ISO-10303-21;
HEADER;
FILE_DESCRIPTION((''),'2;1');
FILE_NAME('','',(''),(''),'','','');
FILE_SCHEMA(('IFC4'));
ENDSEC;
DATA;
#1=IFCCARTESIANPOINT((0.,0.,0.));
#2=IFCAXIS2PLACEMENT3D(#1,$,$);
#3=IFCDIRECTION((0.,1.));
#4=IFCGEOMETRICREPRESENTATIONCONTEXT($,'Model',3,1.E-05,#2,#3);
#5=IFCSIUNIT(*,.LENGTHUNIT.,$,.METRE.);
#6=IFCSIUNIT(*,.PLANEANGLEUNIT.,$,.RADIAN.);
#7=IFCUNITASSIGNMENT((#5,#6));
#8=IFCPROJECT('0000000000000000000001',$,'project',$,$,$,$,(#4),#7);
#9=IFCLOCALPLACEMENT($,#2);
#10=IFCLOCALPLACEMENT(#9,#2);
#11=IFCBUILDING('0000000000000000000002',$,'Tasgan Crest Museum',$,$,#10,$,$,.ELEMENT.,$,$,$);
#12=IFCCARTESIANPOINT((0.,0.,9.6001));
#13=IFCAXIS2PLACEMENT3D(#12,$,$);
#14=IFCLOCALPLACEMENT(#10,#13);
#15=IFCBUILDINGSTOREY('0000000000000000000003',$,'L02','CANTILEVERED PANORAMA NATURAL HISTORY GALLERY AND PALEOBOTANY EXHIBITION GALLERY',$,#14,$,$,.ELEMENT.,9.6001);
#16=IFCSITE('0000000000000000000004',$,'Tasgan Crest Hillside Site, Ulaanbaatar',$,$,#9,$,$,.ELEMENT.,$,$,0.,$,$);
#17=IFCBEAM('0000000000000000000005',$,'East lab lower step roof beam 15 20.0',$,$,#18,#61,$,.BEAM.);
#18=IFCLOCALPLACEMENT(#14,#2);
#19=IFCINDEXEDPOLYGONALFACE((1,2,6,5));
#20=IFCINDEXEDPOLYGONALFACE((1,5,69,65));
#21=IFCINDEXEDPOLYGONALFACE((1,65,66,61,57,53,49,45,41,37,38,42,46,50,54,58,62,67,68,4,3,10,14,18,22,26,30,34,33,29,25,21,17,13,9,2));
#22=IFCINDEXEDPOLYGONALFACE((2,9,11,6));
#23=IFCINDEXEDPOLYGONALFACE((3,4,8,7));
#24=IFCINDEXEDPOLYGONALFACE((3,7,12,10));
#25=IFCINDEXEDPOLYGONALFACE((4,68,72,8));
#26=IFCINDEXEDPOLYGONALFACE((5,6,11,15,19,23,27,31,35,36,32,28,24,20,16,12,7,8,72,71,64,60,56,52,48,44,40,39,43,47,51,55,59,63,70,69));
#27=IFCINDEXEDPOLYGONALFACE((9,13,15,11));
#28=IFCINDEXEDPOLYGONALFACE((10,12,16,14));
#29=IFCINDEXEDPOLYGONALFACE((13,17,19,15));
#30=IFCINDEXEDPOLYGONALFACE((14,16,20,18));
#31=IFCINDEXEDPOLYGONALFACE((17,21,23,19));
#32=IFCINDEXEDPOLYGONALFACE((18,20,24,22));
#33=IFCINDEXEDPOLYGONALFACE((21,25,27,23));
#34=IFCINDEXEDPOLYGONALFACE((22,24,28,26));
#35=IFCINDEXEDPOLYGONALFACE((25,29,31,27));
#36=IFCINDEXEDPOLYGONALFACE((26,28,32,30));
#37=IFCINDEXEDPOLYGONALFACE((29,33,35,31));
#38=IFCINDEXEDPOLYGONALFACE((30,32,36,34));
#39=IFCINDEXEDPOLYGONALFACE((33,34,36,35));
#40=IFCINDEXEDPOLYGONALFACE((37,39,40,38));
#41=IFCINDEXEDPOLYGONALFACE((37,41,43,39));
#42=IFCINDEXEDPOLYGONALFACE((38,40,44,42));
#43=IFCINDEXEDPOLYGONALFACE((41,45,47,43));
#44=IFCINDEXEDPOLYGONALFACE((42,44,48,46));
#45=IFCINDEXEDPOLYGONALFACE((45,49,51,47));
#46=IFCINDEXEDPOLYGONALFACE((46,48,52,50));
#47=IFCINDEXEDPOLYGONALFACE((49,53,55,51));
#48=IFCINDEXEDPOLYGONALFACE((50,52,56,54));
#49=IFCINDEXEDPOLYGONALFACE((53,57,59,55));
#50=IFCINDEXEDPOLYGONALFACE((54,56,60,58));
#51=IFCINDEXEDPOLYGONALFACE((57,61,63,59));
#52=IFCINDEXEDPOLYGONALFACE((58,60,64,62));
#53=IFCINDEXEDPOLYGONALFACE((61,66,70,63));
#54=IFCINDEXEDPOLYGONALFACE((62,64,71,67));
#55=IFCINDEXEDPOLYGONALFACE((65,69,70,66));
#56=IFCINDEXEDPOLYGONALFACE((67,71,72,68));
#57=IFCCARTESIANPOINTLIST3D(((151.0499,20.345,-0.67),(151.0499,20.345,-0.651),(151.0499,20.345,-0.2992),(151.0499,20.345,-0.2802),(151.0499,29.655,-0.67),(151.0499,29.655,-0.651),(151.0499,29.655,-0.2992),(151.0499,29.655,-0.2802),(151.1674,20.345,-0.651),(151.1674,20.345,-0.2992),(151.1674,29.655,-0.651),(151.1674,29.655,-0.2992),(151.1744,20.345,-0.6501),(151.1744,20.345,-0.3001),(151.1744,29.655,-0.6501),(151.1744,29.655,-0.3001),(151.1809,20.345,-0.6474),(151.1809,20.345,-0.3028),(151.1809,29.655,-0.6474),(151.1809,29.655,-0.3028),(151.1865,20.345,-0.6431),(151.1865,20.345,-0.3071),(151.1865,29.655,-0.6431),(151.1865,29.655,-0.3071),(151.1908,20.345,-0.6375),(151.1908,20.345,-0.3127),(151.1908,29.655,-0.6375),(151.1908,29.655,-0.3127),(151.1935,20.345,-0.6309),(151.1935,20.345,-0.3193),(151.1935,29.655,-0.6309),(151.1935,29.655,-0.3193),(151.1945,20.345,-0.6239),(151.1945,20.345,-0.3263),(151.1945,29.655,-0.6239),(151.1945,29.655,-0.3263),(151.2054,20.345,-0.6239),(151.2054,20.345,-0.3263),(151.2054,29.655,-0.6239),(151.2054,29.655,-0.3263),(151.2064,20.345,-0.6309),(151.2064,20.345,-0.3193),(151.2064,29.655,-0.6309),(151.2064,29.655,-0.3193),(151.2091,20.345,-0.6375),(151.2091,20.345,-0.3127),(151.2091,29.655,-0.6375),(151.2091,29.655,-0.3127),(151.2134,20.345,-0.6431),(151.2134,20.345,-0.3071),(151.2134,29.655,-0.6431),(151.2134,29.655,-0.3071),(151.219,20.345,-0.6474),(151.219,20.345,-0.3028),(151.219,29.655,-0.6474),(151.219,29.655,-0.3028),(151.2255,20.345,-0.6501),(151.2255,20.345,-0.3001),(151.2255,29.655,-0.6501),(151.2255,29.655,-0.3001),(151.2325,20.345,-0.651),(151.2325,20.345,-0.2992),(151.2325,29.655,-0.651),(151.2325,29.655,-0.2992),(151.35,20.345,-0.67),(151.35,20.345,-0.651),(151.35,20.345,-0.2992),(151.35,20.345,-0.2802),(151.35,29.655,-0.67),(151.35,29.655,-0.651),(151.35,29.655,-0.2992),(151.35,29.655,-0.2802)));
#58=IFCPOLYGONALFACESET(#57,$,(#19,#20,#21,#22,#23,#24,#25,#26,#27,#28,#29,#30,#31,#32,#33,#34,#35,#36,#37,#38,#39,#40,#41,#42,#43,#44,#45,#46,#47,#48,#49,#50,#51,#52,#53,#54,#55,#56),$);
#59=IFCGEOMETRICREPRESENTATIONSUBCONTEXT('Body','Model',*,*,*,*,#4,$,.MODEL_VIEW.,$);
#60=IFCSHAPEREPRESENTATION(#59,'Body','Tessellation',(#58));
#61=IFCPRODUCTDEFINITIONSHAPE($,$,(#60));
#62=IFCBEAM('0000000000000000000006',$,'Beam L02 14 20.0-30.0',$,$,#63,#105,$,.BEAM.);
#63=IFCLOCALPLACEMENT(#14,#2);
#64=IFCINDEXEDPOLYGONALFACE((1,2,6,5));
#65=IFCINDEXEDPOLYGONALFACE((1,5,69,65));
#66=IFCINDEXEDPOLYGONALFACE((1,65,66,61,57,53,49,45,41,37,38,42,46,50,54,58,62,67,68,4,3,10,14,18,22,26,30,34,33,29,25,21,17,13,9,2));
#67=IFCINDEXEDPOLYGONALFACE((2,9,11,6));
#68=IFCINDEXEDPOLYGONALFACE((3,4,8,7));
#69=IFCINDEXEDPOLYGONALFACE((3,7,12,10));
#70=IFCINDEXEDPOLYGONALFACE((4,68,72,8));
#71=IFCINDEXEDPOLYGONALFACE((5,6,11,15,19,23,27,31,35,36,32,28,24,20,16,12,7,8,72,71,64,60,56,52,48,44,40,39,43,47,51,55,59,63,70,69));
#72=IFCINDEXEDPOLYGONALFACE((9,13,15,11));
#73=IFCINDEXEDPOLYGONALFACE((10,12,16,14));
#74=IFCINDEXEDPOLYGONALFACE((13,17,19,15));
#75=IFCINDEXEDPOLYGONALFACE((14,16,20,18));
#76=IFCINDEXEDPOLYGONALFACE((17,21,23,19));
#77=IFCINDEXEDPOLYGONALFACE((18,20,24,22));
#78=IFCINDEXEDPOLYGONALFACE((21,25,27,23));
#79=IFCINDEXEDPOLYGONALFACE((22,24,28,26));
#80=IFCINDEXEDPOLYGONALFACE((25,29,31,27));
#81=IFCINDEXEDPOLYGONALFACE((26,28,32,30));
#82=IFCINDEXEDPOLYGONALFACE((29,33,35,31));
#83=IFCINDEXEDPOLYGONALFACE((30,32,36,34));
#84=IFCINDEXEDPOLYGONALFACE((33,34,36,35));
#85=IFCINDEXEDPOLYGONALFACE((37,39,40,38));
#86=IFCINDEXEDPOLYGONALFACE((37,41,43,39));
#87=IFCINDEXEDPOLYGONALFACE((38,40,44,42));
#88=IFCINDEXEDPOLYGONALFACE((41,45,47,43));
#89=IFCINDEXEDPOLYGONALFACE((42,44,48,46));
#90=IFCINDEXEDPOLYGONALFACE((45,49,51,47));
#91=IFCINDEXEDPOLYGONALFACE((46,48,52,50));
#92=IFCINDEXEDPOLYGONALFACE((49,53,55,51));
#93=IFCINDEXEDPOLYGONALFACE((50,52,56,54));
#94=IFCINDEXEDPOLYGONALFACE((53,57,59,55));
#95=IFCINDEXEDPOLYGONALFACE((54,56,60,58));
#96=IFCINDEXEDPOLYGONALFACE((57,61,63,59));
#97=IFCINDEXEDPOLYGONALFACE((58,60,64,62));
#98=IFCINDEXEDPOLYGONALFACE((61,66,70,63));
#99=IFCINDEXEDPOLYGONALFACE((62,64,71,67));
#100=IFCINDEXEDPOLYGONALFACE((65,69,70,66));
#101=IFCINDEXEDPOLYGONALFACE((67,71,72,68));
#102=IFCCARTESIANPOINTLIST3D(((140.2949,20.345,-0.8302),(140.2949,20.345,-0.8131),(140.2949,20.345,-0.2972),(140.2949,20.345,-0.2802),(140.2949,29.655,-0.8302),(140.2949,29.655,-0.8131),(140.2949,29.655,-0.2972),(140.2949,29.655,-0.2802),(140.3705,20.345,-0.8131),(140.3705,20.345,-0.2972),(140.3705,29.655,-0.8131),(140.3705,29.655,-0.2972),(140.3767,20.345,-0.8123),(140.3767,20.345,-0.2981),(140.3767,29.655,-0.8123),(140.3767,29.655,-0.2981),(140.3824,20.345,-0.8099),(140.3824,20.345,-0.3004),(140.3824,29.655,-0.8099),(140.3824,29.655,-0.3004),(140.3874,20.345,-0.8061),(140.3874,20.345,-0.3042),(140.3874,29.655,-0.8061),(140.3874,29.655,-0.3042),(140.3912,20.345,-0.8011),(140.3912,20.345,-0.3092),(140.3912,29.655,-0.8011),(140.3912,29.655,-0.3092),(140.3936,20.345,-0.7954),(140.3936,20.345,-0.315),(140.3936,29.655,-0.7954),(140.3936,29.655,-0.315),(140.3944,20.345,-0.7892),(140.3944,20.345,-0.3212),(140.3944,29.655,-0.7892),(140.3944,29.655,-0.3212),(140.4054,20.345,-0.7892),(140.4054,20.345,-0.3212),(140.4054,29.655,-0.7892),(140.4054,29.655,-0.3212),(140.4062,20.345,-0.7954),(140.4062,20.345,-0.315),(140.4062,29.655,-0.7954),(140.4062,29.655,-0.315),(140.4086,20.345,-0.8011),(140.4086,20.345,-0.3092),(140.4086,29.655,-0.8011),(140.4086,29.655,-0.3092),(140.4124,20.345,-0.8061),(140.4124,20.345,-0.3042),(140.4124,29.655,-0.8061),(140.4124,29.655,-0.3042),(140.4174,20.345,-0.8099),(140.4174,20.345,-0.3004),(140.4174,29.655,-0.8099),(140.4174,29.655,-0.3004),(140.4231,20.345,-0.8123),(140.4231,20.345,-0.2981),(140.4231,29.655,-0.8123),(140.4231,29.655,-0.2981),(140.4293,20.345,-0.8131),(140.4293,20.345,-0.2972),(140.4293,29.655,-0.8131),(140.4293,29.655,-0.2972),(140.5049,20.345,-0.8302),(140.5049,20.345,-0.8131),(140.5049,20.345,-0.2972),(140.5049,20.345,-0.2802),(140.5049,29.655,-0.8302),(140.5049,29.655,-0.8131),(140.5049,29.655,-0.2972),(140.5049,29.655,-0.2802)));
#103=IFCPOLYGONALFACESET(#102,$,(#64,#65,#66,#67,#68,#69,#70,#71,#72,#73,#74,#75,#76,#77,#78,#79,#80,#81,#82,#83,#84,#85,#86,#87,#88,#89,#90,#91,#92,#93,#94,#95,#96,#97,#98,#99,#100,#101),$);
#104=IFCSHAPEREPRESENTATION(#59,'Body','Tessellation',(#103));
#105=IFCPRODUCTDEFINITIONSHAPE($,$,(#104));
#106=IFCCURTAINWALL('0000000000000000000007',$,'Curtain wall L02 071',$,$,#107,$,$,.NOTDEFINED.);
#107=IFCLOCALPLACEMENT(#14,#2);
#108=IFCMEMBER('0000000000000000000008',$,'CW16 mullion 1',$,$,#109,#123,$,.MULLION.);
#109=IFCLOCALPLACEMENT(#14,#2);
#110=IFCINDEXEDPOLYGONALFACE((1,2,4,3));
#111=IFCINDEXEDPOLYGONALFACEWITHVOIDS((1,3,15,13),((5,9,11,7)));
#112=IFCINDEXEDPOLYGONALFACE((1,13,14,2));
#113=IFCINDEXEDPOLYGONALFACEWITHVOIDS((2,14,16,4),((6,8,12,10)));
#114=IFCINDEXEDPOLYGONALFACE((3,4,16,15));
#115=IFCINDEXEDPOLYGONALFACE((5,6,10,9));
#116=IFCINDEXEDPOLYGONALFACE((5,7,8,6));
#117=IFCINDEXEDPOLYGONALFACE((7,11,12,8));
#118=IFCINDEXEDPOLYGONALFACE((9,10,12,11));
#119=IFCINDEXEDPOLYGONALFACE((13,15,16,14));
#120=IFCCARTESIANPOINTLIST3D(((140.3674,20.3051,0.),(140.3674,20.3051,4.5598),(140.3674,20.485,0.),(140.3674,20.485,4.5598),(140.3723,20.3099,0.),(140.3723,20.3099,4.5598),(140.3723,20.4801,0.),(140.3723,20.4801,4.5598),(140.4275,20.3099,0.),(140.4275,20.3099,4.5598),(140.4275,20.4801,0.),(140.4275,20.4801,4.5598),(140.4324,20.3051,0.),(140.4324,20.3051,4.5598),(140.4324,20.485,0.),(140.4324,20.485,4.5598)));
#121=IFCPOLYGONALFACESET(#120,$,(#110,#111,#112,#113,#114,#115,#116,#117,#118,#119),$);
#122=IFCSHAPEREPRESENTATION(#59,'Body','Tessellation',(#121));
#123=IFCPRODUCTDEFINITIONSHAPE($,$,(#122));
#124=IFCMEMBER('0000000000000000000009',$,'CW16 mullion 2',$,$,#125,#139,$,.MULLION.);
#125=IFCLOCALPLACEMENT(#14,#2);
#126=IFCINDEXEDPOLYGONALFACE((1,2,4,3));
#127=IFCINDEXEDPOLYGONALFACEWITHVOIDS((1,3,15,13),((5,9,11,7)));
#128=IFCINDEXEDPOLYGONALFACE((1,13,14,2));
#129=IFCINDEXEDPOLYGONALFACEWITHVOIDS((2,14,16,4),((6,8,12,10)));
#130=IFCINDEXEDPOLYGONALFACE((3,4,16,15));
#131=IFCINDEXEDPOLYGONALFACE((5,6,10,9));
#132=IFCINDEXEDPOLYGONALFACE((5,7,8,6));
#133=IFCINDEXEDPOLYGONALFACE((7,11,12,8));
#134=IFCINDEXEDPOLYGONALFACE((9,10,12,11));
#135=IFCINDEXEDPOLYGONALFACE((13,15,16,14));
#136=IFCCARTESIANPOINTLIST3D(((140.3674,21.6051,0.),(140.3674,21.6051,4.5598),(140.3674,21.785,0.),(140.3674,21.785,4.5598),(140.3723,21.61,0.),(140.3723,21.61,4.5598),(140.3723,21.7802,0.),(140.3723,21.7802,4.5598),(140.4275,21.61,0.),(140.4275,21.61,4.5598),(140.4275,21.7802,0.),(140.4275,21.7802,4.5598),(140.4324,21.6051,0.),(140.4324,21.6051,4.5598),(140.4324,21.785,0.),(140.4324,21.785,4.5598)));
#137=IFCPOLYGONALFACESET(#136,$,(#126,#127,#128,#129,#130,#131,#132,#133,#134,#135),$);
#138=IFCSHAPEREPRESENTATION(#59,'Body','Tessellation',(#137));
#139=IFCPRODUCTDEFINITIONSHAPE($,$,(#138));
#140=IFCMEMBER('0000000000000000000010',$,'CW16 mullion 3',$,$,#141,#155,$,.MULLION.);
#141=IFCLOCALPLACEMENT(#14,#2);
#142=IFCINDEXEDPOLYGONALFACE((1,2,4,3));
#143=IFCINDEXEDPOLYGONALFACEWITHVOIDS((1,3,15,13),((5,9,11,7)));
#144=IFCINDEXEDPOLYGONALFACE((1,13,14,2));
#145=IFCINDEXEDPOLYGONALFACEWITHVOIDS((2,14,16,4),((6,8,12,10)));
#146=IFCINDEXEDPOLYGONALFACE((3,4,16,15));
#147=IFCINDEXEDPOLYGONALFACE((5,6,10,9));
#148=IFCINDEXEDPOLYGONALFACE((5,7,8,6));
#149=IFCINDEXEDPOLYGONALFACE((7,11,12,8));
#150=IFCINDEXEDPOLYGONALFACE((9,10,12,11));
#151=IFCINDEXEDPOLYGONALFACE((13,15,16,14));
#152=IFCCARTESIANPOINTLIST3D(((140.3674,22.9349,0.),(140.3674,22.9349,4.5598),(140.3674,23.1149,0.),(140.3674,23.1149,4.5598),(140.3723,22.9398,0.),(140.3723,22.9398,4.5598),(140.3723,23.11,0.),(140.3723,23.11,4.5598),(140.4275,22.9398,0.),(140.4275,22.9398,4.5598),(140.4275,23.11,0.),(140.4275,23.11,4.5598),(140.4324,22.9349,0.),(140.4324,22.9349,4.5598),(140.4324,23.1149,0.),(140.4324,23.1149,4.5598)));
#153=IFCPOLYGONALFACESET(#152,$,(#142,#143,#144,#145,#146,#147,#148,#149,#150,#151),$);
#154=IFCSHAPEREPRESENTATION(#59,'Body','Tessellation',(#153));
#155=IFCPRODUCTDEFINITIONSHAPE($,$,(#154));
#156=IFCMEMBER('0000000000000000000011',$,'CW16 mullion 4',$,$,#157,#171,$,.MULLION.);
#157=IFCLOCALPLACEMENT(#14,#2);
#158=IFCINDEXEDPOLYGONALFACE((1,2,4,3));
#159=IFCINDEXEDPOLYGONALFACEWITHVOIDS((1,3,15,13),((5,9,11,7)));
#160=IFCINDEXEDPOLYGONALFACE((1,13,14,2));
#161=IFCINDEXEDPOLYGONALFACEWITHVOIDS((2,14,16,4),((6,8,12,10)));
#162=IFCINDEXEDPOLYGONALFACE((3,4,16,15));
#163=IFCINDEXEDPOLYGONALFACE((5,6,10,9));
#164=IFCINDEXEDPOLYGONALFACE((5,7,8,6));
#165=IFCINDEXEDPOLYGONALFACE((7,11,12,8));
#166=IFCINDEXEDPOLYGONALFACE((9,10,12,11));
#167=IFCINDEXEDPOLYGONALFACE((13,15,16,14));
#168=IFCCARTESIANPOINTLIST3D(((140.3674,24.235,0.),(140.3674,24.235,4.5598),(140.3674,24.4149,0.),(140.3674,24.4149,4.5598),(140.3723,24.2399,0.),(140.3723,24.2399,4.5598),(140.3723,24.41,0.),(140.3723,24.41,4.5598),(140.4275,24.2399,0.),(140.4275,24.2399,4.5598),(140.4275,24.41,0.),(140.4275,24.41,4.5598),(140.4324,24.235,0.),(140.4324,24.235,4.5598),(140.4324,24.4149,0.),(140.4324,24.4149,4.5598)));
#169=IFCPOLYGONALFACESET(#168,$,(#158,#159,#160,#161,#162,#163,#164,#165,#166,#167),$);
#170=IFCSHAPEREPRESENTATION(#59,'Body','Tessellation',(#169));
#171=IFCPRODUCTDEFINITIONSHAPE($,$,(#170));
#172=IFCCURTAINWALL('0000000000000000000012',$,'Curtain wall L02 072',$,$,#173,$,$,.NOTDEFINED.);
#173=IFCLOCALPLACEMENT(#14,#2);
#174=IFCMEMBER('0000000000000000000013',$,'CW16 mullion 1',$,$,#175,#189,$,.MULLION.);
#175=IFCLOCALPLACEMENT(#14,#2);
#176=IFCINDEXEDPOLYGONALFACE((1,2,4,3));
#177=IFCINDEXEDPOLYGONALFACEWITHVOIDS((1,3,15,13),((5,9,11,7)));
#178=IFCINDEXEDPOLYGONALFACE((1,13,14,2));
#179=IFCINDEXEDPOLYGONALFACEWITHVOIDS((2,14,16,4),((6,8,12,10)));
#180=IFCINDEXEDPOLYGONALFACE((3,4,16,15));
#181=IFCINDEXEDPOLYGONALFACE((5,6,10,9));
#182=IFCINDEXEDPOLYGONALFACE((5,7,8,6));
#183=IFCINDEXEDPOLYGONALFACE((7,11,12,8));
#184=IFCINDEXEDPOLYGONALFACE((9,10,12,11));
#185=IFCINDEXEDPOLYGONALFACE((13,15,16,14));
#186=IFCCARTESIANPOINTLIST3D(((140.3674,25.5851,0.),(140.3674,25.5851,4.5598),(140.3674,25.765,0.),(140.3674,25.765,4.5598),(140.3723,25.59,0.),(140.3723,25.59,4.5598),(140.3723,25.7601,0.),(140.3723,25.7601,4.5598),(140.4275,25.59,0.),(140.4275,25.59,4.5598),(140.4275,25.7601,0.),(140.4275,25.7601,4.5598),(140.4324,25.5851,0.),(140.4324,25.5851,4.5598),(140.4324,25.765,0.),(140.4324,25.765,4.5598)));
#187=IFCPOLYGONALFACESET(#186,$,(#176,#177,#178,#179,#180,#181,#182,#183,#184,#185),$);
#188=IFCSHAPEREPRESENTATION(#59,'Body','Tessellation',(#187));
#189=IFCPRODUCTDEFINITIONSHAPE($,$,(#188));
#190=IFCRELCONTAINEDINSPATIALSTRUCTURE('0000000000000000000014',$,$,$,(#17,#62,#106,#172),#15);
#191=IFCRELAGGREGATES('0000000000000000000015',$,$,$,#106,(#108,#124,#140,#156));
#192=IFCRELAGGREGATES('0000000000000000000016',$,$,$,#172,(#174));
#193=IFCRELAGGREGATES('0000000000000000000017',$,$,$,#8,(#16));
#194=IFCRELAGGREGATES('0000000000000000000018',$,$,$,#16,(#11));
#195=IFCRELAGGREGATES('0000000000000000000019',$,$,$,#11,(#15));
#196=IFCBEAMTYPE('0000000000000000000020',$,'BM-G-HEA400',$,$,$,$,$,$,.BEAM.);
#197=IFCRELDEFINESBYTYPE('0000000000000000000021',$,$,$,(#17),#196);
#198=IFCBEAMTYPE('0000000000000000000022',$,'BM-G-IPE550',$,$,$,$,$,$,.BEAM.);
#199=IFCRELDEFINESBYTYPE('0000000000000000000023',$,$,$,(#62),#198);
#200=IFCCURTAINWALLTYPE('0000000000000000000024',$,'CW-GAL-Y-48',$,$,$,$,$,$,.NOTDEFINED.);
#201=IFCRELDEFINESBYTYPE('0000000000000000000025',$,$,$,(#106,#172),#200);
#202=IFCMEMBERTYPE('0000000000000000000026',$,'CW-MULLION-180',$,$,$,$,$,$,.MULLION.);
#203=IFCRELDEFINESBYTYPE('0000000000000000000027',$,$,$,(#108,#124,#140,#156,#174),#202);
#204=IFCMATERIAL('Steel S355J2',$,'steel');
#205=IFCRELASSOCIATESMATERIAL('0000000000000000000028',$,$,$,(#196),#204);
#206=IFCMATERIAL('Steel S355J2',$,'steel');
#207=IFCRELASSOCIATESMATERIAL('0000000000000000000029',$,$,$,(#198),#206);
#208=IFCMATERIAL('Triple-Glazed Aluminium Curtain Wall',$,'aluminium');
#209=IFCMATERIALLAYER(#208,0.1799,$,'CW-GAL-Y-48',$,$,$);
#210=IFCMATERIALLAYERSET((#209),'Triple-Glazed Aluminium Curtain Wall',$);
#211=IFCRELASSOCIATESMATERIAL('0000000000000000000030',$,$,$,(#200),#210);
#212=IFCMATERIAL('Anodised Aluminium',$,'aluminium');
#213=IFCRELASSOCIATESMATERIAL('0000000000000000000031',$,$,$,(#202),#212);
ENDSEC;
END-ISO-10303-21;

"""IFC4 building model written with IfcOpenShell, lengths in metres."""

from ifc_helpers import new_model, si_unit, direction, frame, origin, origin_2d, place, context, subcontext, project, spatial, hollow_rectangle, i_section, extrude, material, layer, layer_set, material_profile, profile_set, type_object, element, aggregate, save


model = new_model("IFC4")

# Units and contexts
model_context = context("Model", 3, precision=1e-05, world=origin(), true_north=direction((0.0, 1.0)))
body_context = subcontext(model_context, "Body", "Model", "MODEL_VIEW")
ifc_project = project(units=[si_unit("LENGTHUNIT", "METRE"), si_unit("PLANEANGLEUNIT", "RADIAN")], contexts=[model_context])

# Site, building, storey
site_placement = place(None, origin())
site = spatial("IfcSite", under=ifc_project, at=site_placement, Name="Tasgan Crest Hillside Site, Ulaanbaatar", CompositionType="ELEMENT", RefElevation=0.0)
building_placement = place(site_placement, origin())
building = spatial("IfcBuilding", under=site, at=building_placement, Name="Tasgan Crest Museum", CompositionType="ELEMENT")
storey_placement = place(building_placement, frame((0.0, 0.0, 9.6001)))
storey = spatial("IfcBuildingStorey", under=building, at=storey_placement, Name="L02", Description="CANTILEVERED PANORAMA NATURAL HISTORY GALLERY AND PALEOBOTANY EXHIBITION GALLERY", CompositionType="ELEMENT", Elevation=9.6001)

# Beams
ifc_material_1 = material(Name="Steel S355J2", Category="steel")
ifc_material_profile_1 = material_profile(ifc_material_1, i_section(OverallWidth=0.3, OverallDepth=0.3899, WebThickness=0.011, FlangeThickness=0.019, FilletRadius=0.0271, at=origin_2d()), Name="HEA 400")
ifc_profile_set_1 = profile_set([ifc_material_profile_1], Name="Steel S355J2")
beam_type_1 = type_object("IfcBeamType", Name="BM-G-HEA400", PredefinedType="BEAM", material=ifc_profile_set_1)
beam_1_placement = place(storey_placement, frame((151.2, 20.345, -0.4751), z_axis=(0.0, 1.0, 0.0), x_axis=(-1.0, 0.0, 0.0)))
element("IfcBeam", 1, at=beam_1_placement, inside=storey, type_object=beam_type_1, Name="East lab lower step roof beam 15 20.0", PredefinedType="BEAM", context=body_context, shape_type="SweptSolid", body=[
    extrude(i_section(OverallWidth=0.3, OverallDepth=0.3899, WebThickness=0.011, FlangeThickness=0.019, FilletRadius=0.0271, at=origin_2d()), origin(), (0.0, 0.0, 1.0), 9.3101),
])
ifc_material_2 = material(Name="Steel S355J2", Category="steel")
ifc_material_profile_2 = material_profile(ifc_material_2, i_section(OverallWidth=0.21, OverallDepth=0.55, WebThickness=0.011, FlangeThickness=0.0171, FilletRadius=0.0239, at=origin_2d()), Name="IPE 550")
ifc_profile_set_2 = profile_set([ifc_material_profile_2], Name="Steel S355J2")
beam_type_2 = type_object("IfcBeamType", Name="BM-G-IPE550", PredefinedType="BEAM", material=ifc_profile_set_2)
beam_2_placement = place(storey_placement, frame((140.3999, 20.345, -0.5552), z_axis=(0.0, 1.0, 0.0), x_axis=(-1.0, 0.0, 0.0)))
element("IfcBeam", 2, at=beam_2_placement, inside=storey, type_object=beam_type_2, Name="Beam L02 14 20.0-30.0", PredefinedType="BEAM", context=body_context, shape_type="SweptSolid", body=[
    extrude(i_section(OverallWidth=0.21, OverallDepth=0.55, WebThickness=0.011, FlangeThickness=0.0171, FilletRadius=0.0239, at=origin_2d()), origin(), (0.0, 0.0, 1.0), 9.3101),
])

# Curtain walls, members
ifc_material_3 = material(Name="Triple-Glazed Aluminium Curtain Wall", Category="aluminium")
ifc_layer_1 = layer(ifc_material_3, 0.1799, Name="CW-GAL-Y-48")
ifc_layer_set_1 = layer_set([ifc_layer_1], Name="Triple-Glazed Aluminium Curtain Wall")
curtain_wall_type = type_object("IfcCurtainWallType", Name="CW-GAL-Y-48", PredefinedType="NOTDEFINED", material=ifc_layer_set_1)
curtain_wall_1_placement = place(storey_placement, origin())
curtain_wall_1 = element("IfcCurtainWall", 3, at=curtain_wall_1_placement, inside=storey, type_object=curtain_wall_type, Name="Curtain wall L02 071", PredefinedType="NOTDEFINED")
ifc_material_4 = material(Name="Anodised Aluminium", Category="aluminium")
ifc_material_profile_3 = material_profile(ifc_material_4, hollow_rectangle(XDim=0.0649, YDim=0.1799, WallThickness=0.0049, at=origin_2d()), Name="ALU MULLION 180x65x5")
ifc_profile_set_3 = profile_set([ifc_material_profile_3], Name="Anodised Aluminium")
member_type_1 = type_object("IfcMemberType", Name="CW-MULLION-180", PredefinedType="MULLION", material=ifc_profile_set_3)
member_1_placement = place(storey_placement, frame((140.3999, 20.395, 0.0), z_axis=(0.0, 0.0, 1.0), x_axis=(-1.0, 0.0, 0.0)))
member_1 = element("IfcMember", 4, at=member_1_placement, type_object=member_type_1, Name="CW16 mullion 1", PredefinedType="MULLION", context=body_context, shape_type="SweptSolid", body=[
    extrude(hollow_rectangle(XDim=0.0649, YDim=0.1799, WallThickness=0.0049, at=origin_2d()), origin(), (0.0, 0.0, 1.0), 4.5598),
])
member_2_placement = place(storey_placement, frame((140.3999, 21.6951, 0.0), z_axis=(0.0, 0.0, 1.0), x_axis=(-1.0, 0.0, 0.0)))
member_2 = element("IfcMember", 5, at=member_2_placement, type_object=member_type_1, Name="CW16 mullion 2", PredefinedType="MULLION", context=body_context, shape_type="SweptSolid", body=[
    extrude(hollow_rectangle(XDim=0.0649, YDim=0.1799, WallThickness=0.0049, at=origin_2d()), origin(), (0.0, 0.0, 1.0), 4.5598),
])
member_3_placement = place(storey_placement, frame((140.3999, 23.0249, 0.0), z_axis=(0.0, 0.0, 1.0), x_axis=(-1.0, 0.0, 0.0)))
member_3 = element("IfcMember", 6, at=member_3_placement, type_object=member_type_1, Name="CW16 mullion 3", PredefinedType="MULLION", context=body_context, shape_type="SweptSolid", body=[
    extrude(hollow_rectangle(XDim=0.0649, YDim=0.1799, WallThickness=0.0049, at=origin_2d()), origin(), (0.0, 0.0, 1.0), 4.5598),
])
member_4_placement = place(storey_placement, frame((140.3999, 24.325, 0.0), z_axis=(0.0, 0.0, 1.0), x_axis=(-1.0, 0.0, 0.0)))
member_4 = element("IfcMember", 7, at=member_4_placement, type_object=member_type_1, Name="CW16 mullion 4", PredefinedType="MULLION", context=body_context, shape_type="SweptSolid", body=[
    extrude(hollow_rectangle(XDim=0.0649, YDim=0.1799, WallThickness=0.0049, at=origin_2d()), origin(), (0.0, 0.0, 1.0), 4.5598),
])
curtain_wall_2_placement = place(storey_placement, origin())
curtain_wall_2 = element("IfcCurtainWall", 8, at=curtain_wall_2_placement, inside=storey, type_object=curtain_wall_type, Name="Curtain wall L02 072", PredefinedType="NOTDEFINED")
member_5_placement = place(storey_placement, frame((140.3999, 25.675, 0.0), z_axis=(0.0, 0.0, 1.0), x_axis=(-1.0, 0.0, 0.0)))
member_5 = element("IfcMember", 9, at=member_5_placement, type_object=member_type_1, Name="CW16 mullion 1", PredefinedType="MULLION", context=body_context, shape_type="SweptSolid", body=[
    extrude(hollow_rectangle(XDim=0.0649, YDim=0.1799, WallThickness=0.0049, at=origin_2d()), origin(), (0.0, 0.0, 1.0), 4.5598),
])

aggregate(curtain_wall_1, [member_1, member_2, member_3, member_4])
aggregate(curtain_wall_2, [member_5])

save(model, "model.ifc")
